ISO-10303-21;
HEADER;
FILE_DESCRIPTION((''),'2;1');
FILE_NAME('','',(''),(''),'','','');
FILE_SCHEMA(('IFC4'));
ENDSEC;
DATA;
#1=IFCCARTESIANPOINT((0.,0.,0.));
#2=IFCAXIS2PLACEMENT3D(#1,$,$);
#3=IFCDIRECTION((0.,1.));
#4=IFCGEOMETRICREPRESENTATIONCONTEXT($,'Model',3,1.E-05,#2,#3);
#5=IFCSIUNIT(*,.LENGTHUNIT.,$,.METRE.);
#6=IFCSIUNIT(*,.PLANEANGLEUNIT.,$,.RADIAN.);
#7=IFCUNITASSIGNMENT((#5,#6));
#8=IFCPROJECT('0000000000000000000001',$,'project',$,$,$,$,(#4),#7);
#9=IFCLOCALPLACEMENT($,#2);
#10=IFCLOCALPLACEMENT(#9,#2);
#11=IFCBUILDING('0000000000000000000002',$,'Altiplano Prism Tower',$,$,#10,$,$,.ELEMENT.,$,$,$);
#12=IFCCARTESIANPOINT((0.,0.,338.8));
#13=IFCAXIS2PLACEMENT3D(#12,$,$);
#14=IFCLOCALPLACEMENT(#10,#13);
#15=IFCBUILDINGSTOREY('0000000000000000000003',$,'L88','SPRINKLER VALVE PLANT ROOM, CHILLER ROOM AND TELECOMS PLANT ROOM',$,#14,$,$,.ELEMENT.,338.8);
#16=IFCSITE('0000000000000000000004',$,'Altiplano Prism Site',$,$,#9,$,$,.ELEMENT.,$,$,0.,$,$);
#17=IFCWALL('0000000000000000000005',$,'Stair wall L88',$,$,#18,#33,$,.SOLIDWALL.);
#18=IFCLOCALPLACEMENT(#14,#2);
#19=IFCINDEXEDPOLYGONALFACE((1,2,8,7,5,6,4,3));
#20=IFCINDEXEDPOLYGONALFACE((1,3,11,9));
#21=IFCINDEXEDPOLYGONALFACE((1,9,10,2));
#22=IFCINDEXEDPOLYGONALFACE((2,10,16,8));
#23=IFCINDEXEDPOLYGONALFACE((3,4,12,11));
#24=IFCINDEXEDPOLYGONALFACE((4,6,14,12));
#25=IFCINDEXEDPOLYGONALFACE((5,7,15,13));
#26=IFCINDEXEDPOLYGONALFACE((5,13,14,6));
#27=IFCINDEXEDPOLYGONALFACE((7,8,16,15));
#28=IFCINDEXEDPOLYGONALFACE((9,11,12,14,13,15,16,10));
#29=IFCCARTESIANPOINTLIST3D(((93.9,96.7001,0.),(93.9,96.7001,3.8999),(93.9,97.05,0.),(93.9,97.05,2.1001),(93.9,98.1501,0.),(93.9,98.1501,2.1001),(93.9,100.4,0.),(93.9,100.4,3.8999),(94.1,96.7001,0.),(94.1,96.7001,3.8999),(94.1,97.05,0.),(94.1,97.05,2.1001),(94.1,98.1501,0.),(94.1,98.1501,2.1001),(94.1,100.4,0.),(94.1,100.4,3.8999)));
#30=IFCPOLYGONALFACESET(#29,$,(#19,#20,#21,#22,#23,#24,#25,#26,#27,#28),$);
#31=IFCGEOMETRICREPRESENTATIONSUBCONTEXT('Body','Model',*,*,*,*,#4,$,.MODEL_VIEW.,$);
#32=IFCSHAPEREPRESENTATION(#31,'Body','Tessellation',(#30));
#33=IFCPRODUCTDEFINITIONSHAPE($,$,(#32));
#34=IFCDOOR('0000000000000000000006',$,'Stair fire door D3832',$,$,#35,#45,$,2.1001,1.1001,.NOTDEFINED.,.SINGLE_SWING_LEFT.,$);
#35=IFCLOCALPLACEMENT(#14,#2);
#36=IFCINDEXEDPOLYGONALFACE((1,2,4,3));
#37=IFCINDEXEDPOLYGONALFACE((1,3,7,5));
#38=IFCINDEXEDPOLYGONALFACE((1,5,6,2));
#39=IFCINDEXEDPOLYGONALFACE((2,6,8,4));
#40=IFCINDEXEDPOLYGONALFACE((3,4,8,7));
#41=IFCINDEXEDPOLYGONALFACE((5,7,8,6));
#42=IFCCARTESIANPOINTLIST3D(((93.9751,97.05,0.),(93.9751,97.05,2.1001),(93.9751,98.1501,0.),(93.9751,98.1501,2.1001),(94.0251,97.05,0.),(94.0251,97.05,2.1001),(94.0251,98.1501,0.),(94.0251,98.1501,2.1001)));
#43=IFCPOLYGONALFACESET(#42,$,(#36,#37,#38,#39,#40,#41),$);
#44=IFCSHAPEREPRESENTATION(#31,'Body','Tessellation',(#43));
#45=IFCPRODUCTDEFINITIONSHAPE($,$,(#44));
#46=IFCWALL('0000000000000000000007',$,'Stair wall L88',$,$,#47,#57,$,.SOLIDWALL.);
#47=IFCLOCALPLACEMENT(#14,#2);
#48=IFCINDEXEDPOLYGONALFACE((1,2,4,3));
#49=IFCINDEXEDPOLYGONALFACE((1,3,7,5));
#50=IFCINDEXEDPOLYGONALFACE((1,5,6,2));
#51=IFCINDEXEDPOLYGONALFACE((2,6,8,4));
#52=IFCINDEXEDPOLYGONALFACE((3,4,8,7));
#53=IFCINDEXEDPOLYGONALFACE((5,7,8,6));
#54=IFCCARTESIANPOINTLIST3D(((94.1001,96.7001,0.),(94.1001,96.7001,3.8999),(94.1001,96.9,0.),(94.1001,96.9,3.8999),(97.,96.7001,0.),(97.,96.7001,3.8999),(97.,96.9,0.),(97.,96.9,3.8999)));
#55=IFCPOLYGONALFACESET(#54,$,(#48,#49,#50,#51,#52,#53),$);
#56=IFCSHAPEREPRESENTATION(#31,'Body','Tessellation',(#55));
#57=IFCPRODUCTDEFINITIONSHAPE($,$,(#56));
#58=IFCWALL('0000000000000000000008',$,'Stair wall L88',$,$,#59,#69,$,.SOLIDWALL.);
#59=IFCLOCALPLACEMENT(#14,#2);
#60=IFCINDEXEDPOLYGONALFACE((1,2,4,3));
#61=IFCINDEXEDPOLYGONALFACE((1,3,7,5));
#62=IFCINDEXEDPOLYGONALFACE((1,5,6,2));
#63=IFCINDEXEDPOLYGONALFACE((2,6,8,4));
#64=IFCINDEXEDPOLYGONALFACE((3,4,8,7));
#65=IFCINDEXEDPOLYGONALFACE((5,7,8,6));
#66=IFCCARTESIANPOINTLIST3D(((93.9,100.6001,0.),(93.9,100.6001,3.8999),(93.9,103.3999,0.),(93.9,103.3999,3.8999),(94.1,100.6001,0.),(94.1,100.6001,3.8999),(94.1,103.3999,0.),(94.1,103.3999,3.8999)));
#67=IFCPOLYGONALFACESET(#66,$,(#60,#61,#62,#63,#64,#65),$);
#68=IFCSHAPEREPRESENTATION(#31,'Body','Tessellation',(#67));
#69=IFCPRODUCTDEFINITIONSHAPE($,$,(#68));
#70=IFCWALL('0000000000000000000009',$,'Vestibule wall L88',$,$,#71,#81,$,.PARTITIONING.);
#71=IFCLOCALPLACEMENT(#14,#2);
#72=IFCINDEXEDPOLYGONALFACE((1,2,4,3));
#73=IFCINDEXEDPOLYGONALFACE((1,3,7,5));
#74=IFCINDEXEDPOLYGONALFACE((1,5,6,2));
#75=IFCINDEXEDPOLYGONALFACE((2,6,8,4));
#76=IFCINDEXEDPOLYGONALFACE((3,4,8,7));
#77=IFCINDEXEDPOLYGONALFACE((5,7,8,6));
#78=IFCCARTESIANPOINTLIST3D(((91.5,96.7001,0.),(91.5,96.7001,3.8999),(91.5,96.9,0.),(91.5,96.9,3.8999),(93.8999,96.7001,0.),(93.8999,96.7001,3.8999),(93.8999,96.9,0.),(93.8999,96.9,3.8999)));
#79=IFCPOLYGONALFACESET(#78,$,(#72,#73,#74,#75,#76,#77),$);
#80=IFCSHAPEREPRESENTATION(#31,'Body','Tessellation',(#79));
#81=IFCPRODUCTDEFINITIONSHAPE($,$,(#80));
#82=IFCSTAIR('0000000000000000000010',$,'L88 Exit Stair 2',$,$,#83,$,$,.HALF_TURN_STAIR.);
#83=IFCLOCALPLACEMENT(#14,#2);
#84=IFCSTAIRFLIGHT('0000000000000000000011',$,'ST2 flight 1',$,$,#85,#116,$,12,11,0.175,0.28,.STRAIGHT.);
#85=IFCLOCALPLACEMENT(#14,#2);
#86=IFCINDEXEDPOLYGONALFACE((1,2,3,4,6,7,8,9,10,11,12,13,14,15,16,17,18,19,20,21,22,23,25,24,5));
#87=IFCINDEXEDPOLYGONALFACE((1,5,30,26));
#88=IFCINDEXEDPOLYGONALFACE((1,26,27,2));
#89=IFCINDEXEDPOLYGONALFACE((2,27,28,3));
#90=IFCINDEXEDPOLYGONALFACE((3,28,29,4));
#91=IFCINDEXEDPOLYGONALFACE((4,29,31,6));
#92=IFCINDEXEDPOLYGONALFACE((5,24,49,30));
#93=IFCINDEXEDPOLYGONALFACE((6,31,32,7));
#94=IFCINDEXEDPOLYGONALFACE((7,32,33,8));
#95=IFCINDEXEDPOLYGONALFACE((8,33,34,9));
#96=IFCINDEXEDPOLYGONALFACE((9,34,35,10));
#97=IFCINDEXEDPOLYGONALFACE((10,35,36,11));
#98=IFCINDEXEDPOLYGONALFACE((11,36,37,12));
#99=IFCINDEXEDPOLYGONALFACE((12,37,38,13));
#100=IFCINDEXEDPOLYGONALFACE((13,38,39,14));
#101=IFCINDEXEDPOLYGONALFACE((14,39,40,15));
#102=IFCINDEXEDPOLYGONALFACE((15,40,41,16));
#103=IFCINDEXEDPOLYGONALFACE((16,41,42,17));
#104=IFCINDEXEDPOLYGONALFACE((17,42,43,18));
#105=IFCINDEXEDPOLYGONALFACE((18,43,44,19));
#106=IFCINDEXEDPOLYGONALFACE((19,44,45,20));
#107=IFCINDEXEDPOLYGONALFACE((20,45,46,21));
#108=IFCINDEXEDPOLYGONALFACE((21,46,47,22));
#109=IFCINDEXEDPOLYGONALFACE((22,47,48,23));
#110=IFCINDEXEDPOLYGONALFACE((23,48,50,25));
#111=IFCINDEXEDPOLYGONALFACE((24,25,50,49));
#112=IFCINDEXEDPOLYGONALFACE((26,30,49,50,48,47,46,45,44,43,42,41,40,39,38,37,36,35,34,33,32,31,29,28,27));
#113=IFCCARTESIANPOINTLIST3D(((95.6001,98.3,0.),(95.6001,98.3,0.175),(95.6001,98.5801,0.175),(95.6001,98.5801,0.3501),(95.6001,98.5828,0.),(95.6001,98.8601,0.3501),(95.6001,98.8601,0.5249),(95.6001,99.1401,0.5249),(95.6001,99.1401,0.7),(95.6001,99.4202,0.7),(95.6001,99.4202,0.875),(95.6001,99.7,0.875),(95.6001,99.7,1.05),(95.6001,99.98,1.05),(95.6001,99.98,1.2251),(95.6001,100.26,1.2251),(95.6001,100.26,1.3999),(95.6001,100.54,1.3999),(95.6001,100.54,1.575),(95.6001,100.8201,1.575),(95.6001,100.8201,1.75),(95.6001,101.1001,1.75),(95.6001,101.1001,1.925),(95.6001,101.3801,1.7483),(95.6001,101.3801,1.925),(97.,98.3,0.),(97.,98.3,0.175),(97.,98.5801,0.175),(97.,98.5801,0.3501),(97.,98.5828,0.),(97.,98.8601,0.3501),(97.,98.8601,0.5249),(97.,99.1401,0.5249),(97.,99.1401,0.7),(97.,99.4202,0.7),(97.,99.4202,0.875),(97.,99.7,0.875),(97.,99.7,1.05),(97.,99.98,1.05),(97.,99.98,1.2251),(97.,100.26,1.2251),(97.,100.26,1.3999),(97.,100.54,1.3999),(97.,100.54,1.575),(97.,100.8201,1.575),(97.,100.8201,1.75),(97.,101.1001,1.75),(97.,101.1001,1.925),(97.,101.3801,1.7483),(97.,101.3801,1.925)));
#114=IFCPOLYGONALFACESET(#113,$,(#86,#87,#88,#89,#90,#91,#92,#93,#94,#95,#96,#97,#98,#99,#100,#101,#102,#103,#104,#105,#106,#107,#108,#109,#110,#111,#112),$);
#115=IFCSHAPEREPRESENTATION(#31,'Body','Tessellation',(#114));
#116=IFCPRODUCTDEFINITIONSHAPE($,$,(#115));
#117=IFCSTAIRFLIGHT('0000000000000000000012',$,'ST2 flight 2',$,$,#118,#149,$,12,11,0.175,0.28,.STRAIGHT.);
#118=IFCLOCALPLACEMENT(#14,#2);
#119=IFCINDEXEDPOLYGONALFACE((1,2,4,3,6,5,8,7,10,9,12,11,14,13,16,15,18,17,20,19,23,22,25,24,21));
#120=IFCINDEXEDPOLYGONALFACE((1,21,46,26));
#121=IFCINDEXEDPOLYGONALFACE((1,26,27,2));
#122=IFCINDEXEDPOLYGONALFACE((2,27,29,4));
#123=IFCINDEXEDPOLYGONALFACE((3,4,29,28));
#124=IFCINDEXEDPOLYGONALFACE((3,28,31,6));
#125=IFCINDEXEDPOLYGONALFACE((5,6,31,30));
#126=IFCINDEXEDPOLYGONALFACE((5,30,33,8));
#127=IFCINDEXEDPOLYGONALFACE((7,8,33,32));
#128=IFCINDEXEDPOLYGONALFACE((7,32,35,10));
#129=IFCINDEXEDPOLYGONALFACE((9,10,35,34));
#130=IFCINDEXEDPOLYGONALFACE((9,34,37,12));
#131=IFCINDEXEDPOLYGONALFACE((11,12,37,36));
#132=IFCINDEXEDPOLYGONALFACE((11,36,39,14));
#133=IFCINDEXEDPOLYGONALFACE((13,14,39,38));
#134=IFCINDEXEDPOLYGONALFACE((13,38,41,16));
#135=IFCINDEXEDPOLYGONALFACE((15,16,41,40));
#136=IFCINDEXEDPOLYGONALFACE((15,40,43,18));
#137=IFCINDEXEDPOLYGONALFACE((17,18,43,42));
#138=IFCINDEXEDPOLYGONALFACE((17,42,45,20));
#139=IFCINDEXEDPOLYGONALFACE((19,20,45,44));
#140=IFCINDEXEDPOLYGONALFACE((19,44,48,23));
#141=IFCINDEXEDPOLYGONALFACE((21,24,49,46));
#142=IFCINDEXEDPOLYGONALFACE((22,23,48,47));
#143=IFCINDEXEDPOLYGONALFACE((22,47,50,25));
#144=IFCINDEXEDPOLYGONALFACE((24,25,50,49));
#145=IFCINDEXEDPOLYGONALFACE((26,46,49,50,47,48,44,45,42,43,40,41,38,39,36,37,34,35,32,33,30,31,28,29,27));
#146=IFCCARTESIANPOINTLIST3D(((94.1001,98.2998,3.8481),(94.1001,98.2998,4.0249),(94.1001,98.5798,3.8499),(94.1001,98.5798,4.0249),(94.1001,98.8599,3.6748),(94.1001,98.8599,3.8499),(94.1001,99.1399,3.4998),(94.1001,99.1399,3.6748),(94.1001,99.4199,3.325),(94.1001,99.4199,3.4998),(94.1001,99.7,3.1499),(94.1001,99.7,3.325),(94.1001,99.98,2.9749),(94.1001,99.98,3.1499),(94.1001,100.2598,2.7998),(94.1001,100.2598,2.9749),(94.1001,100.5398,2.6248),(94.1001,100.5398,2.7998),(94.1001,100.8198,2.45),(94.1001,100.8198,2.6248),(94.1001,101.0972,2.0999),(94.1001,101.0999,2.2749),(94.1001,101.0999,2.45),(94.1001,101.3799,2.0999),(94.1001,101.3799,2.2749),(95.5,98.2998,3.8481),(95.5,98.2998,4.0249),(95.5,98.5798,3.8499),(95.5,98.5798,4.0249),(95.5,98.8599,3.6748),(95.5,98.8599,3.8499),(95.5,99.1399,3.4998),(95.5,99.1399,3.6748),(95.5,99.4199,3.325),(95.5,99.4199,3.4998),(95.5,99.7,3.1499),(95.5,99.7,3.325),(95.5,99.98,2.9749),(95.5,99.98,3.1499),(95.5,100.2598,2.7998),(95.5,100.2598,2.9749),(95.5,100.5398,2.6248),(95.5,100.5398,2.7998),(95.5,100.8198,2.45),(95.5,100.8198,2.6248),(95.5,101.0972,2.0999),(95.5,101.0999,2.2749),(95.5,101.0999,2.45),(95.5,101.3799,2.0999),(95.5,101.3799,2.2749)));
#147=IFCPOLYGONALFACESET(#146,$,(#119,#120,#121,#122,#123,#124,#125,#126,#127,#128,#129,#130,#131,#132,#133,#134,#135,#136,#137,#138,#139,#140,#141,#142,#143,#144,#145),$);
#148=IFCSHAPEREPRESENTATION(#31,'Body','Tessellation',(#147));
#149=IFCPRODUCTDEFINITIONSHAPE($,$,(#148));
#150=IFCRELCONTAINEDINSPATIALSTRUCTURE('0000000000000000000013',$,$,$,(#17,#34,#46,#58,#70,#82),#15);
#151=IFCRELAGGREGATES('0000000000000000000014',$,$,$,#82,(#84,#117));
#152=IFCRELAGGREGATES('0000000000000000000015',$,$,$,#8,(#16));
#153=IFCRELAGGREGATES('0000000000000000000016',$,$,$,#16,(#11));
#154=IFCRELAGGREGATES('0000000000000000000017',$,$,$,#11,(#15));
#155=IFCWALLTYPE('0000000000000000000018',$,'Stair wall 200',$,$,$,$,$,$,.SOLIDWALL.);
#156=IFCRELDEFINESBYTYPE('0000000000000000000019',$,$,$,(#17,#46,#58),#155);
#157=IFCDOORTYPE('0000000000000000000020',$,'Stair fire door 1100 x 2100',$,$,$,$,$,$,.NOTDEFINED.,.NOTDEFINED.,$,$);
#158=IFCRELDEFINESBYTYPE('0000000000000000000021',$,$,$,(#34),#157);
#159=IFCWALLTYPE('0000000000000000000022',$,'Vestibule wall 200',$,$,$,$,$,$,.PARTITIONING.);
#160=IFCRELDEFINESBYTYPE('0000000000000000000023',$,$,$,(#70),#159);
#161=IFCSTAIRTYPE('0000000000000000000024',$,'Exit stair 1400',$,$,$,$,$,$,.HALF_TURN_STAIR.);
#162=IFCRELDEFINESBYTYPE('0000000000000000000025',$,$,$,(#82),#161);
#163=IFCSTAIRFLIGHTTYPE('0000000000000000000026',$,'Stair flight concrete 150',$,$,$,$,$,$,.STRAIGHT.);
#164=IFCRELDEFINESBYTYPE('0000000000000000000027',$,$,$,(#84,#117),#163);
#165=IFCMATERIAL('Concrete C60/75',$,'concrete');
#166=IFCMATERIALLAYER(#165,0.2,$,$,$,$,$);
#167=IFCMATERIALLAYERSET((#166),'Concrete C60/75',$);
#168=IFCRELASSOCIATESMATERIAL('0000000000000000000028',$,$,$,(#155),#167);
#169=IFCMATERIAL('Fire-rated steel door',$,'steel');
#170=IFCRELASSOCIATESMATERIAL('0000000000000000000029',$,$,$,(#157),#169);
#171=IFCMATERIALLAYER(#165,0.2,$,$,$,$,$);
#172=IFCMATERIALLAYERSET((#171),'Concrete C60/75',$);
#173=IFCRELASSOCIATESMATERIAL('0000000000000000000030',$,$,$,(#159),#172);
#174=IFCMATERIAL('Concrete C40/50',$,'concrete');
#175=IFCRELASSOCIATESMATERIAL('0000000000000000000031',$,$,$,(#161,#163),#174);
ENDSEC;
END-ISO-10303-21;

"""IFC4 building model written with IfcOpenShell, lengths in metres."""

from ifc_helpers import new_model, si_unit, direction, frame, frame_2d, origin, place, context, subcontext, project, spatial, polyline, rectangle, outline, extrude, material, layer, layer_set, type_object, element, fill, aggregate, save


model = new_model("IFC4")

# Units and contexts
model_context = context("Model", 3, precision=1e-05, world=origin(), true_north=direction((0.0, 1.0)))
body_context = subcontext(model_context, "Body", "Model", "MODEL_VIEW")
ifc_project = project(units=[si_unit("LENGTHUNIT", "METRE"), si_unit("PLANEANGLEUNIT", "RADIAN")], contexts=[model_context])

# Site, building, storey
site_placement = place(None, origin())
site = spatial("IfcSite", under=ifc_project, at=site_placement, Name="Altiplano Prism Site", CompositionType="ELEMENT", RefElevation=0.0)
building_placement = place(site_placement, origin())
building = spatial("IfcBuilding", under=site, at=building_placement, Name="Altiplano Prism Tower", CompositionType="ELEMENT")
storey_placement = place(building_placement, frame((0.0, 0.0, 338.8)))
storey = spatial("IfcBuildingStorey", under=building, at=storey_placement, Name="L88", Description="SPRINKLER VALVE PLANT ROOM, CHILLER ROOM AND TELECOMS PLANT ROOM", CompositionType="ELEMENT", Elevation=338.8)

# Shared definitions
ifc_material_1 = material(Name="Concrete C60/75", Category="concrete")

# Wall, opening, door
ifc_layer_1 = layer(ifc_material_1, 0.2)
ifc_layer_set_1 = layer_set([ifc_layer_1], Name="Concrete C60/75")
wall_type_1 = type_object("IfcWallType", Name="Stair wall 200", PredefinedType="SOLIDWALL", material=ifc_layer_set_1)
wall_1_placement = place(storey_placement, frame((94.0, 96.7, 0.0), z_axis=(0.0, 0.0, 1.0), x_axis=(0.0, 1.0, 0.0)))
wall_1 = element("IfcWall", 1, at=wall_1_placement, inside=storey, type_object=wall_type_1, Name="Stair wall L88", PredefinedType="SOLIDWALL", context=body_context, shape_type="SweptSolid", body=[
    extrude(rectangle(XDim=3.7, YDim=0.2, at=frame_2d((1.8501, 0.0))), origin(), (0.0, 0.0, 1.0), 3.8999),
])
opening_placement = place(wall_1_placement, frame((0.3501, 0.0, 0.0)))
opening = element("IfcOpeningElement", 2, at=opening_placement, cuts=wall_1, PredefinedType="OPENING", context=body_context, shape_type="SweptSolid", body=[
    extrude(rectangle(XDim=1.1001, YDim=2.1001, at=frame_2d((0.55, 1.05))), frame((0.0, 0.1104, 0.0), z_axis=(0.0, -1.0, 0.0), x_axis=(1.0, 0.0, 0.0)), (0.0, 0.0, 1.0), 0.2209),
])
ifc_material_2 = material(Name="Fire-rated steel door", Category="steel")
door_type = type_object("IfcDoorType", Name="Stair fire door 1100 x 2100", OperationType="NOTDEFINED", PredefinedType="NOTDEFINED", material=ifc_material_2)
door_placement = place(opening_placement, origin())
door = element("IfcDoor", 3, at=door_placement, inside=storey, type_object=door_type, Name="Stair fire door D3832", OperationType="SINGLE_SWING_LEFT", OverallHeight=2.1001, OverallWidth=1.1001, PredefinedType="NOTDEFINED", context=body_context, shape_type="SweptSolid", body=[
    extrude(rectangle(XDim=1.1001, YDim=2.1001, at=frame_2d((0.55, 1.05))), frame((0.0, 0.0249, 0.0), z_axis=(0.0, -1.0, 0.0), x_axis=(1.0, 0.0, 0.0)), (0.0, 0.0, 1.0), 0.05),
])
fill(opening, door)

# Walls
wall_2_placement = place(storey_placement, frame((94.1001, 96.8, 0.0), z_axis=(0.0, 0.0, 1.0), x_axis=(1.0, 0.0, 0.0)))
element("IfcWall", 4, at=wall_2_placement, inside=storey, type_object=wall_type_1, Name="Stair wall L88", PredefinedType="SOLIDWALL", context=body_context, shape_type="SweptSolid", body=[
    extrude(rectangle(XDim=2.8999, YDim=0.2, at=frame_2d((1.45, 0.0))), origin(), (0.0, 0.0, 1.0), 3.8999),
])
wall_3_placement = place(storey_placement, frame((94.0, 100.6001, 0.0), z_axis=(0.0, 0.0, 1.0), x_axis=(0.0, 1.0, 0.0)))
element("IfcWall", 5, at=wall_3_placement, inside=storey, type_object=wall_type_1, Name="Stair wall L88", PredefinedType="SOLIDWALL", context=body_context, shape_type="SweptSolid", body=[
    extrude(rectangle(XDim=2.7998, YDim=0.2, at=frame_2d((1.3999, 0.0))), origin(), (0.0, 0.0, 1.0), 3.8999),
])
ifc_layer_2 = layer(ifc_material_1, 0.2)
ifc_layer_set_2 = layer_set([ifc_layer_2], Name="Concrete C60/75")
wall_type_2 = type_object("IfcWallType", Name="Vestibule wall 200", PredefinedType="PARTITIONING", material=ifc_layer_set_2)
wall_4_placement = place(storey_placement, frame((91.5, 96.8, 0.0), z_axis=(0.0, 0.0, 1.0), x_axis=(1.0, 0.0, 0.0)))
element("IfcWall", 6, at=wall_4_placement, inside=storey, type_object=wall_type_2, Name="Vestibule wall L88", PredefinedType="PARTITIONING", context=body_context, shape_type="SweptSolid", body=[
    extrude(rectangle(XDim=2.3999, YDim=0.2, at=frame_2d((1.2, 0.0))), origin(), (0.0, 0.0, 1.0), 3.8999),
])

# Stair, stair flights
ifc_material_3 = material(Name="Concrete C40/50", Category="concrete")
stair_type = type_object("IfcStairType", Name="Exit stair 1400", PredefinedType="HALF_TURN_STAIR", material=ifc_material_3)
stair_placement = place(storey_placement, origin())
stair = element("IfcStair", 7, at=stair_placement, inside=storey, type_object=stair_type, Name="L88 Exit Stair 2", PredefinedType="HALF_TURN_STAIR")
stair_flight_type = type_object("IfcStairFlightType", Name="Stair flight concrete 150", PredefinedType="STRAIGHT", material=ifc_material_3)
stair_flight_1_placement = place(storey_placement, frame((96.3, 98.3, 0.0), z_axis=(0.0, 0.0, 1.0), x_axis=(0.0, 1.0, 0.0)))
stair_flight_1 = element("IfcStairFlight", 8, at=stair_flight_1_placement, type_object=stair_flight_type, Name="ST2 flight 1", NumberOfRisers=12, NumberOfTreads=11, PredefinedType="STRAIGHT", RiserHeight=0.175, TreadLength=0.28, context=body_context, shape_type="SweptSolid", body=[
    extrude(outline(polyline([(0.0, 0.0), (0.0, 0.175), (0.28, 0.175), (0.28, 0.3501), (0.5601, 0.3501), (0.5601, 0.5249), (0.8401, 0.5249), (0.8401, 0.7), (1.1201, 0.7), (1.1201, 0.875), (1.3999, 0.875), (1.3999, 1.05), (1.6799, 1.05), (1.6799, 1.2251), (1.96, 1.2251), (1.96, 1.3999), (2.24, 1.3999), (2.24, 1.575), (2.52, 1.575), (2.52, 1.75), (2.8, 1.75), (2.8, 1.925), (3.0801, 1.925), (3.0801, 2.1001), (3.0801, 1.7483), (0.2827, 0.0), (0.0, 0.0)])), frame((0.0, 0.7, 0.0), z_axis=(0.0, -1.0, 0.0), x_axis=(1.0, 0.0, 0.0)), (0.0, 0.0, 1.0), 1.3999),
])
stair_flight_2_placement = place(storey_placement, frame((94.8, 101.3799, 2.0999), z_axis=(0.0, 0.0, 1.0), x_axis=(0.0, -1.0, 0.0)))
stair_flight_2 = element("IfcStairFlight", 9, at=stair_flight_2_placement, type_object=stair_flight_type, Name="ST2 flight 2", NumberOfRisers=12, NumberOfTreads=11, PredefinedType="STRAIGHT", RiserHeight=0.175, TreadLength=0.28, context=body_context, shape_type="SweptSolid", body=[
    extrude(outline(polyline([(0.0, 0.0), (0.0, 0.175), (0.28, 0.175), (0.28, 0.3501), (0.5601, 0.3501), (0.5601, 0.5249), (0.8401, 0.5249), (0.8401, 0.7), (1.1201, 0.7), (1.1201, 0.875), (1.3999, 0.875), (1.3999, 1.05), (1.6799, 1.05), (1.6799, 1.2251), (1.96, 1.2251), (1.96, 1.3999), (2.24, 1.3999), (2.24, 1.575), (2.52, 1.575), (2.52, 1.75), (2.8, 1.75), (2.8, 1.925), (3.0801, 1.925), (3.0801, 2.1001), (3.0801, 1.7483), (0.2827, 0.0), (0.0, 0.0)])), frame((0.0, 0.7, 0.0), z_axis=(0.0, -1.0, 0.0), x_axis=(1.0, 0.0, 0.0)), (0.0, 0.0, 1.0), 1.3999),
])
aggregate(stair, [stair_flight_1, stair_flight_2])

save(model, "model.ifc")
